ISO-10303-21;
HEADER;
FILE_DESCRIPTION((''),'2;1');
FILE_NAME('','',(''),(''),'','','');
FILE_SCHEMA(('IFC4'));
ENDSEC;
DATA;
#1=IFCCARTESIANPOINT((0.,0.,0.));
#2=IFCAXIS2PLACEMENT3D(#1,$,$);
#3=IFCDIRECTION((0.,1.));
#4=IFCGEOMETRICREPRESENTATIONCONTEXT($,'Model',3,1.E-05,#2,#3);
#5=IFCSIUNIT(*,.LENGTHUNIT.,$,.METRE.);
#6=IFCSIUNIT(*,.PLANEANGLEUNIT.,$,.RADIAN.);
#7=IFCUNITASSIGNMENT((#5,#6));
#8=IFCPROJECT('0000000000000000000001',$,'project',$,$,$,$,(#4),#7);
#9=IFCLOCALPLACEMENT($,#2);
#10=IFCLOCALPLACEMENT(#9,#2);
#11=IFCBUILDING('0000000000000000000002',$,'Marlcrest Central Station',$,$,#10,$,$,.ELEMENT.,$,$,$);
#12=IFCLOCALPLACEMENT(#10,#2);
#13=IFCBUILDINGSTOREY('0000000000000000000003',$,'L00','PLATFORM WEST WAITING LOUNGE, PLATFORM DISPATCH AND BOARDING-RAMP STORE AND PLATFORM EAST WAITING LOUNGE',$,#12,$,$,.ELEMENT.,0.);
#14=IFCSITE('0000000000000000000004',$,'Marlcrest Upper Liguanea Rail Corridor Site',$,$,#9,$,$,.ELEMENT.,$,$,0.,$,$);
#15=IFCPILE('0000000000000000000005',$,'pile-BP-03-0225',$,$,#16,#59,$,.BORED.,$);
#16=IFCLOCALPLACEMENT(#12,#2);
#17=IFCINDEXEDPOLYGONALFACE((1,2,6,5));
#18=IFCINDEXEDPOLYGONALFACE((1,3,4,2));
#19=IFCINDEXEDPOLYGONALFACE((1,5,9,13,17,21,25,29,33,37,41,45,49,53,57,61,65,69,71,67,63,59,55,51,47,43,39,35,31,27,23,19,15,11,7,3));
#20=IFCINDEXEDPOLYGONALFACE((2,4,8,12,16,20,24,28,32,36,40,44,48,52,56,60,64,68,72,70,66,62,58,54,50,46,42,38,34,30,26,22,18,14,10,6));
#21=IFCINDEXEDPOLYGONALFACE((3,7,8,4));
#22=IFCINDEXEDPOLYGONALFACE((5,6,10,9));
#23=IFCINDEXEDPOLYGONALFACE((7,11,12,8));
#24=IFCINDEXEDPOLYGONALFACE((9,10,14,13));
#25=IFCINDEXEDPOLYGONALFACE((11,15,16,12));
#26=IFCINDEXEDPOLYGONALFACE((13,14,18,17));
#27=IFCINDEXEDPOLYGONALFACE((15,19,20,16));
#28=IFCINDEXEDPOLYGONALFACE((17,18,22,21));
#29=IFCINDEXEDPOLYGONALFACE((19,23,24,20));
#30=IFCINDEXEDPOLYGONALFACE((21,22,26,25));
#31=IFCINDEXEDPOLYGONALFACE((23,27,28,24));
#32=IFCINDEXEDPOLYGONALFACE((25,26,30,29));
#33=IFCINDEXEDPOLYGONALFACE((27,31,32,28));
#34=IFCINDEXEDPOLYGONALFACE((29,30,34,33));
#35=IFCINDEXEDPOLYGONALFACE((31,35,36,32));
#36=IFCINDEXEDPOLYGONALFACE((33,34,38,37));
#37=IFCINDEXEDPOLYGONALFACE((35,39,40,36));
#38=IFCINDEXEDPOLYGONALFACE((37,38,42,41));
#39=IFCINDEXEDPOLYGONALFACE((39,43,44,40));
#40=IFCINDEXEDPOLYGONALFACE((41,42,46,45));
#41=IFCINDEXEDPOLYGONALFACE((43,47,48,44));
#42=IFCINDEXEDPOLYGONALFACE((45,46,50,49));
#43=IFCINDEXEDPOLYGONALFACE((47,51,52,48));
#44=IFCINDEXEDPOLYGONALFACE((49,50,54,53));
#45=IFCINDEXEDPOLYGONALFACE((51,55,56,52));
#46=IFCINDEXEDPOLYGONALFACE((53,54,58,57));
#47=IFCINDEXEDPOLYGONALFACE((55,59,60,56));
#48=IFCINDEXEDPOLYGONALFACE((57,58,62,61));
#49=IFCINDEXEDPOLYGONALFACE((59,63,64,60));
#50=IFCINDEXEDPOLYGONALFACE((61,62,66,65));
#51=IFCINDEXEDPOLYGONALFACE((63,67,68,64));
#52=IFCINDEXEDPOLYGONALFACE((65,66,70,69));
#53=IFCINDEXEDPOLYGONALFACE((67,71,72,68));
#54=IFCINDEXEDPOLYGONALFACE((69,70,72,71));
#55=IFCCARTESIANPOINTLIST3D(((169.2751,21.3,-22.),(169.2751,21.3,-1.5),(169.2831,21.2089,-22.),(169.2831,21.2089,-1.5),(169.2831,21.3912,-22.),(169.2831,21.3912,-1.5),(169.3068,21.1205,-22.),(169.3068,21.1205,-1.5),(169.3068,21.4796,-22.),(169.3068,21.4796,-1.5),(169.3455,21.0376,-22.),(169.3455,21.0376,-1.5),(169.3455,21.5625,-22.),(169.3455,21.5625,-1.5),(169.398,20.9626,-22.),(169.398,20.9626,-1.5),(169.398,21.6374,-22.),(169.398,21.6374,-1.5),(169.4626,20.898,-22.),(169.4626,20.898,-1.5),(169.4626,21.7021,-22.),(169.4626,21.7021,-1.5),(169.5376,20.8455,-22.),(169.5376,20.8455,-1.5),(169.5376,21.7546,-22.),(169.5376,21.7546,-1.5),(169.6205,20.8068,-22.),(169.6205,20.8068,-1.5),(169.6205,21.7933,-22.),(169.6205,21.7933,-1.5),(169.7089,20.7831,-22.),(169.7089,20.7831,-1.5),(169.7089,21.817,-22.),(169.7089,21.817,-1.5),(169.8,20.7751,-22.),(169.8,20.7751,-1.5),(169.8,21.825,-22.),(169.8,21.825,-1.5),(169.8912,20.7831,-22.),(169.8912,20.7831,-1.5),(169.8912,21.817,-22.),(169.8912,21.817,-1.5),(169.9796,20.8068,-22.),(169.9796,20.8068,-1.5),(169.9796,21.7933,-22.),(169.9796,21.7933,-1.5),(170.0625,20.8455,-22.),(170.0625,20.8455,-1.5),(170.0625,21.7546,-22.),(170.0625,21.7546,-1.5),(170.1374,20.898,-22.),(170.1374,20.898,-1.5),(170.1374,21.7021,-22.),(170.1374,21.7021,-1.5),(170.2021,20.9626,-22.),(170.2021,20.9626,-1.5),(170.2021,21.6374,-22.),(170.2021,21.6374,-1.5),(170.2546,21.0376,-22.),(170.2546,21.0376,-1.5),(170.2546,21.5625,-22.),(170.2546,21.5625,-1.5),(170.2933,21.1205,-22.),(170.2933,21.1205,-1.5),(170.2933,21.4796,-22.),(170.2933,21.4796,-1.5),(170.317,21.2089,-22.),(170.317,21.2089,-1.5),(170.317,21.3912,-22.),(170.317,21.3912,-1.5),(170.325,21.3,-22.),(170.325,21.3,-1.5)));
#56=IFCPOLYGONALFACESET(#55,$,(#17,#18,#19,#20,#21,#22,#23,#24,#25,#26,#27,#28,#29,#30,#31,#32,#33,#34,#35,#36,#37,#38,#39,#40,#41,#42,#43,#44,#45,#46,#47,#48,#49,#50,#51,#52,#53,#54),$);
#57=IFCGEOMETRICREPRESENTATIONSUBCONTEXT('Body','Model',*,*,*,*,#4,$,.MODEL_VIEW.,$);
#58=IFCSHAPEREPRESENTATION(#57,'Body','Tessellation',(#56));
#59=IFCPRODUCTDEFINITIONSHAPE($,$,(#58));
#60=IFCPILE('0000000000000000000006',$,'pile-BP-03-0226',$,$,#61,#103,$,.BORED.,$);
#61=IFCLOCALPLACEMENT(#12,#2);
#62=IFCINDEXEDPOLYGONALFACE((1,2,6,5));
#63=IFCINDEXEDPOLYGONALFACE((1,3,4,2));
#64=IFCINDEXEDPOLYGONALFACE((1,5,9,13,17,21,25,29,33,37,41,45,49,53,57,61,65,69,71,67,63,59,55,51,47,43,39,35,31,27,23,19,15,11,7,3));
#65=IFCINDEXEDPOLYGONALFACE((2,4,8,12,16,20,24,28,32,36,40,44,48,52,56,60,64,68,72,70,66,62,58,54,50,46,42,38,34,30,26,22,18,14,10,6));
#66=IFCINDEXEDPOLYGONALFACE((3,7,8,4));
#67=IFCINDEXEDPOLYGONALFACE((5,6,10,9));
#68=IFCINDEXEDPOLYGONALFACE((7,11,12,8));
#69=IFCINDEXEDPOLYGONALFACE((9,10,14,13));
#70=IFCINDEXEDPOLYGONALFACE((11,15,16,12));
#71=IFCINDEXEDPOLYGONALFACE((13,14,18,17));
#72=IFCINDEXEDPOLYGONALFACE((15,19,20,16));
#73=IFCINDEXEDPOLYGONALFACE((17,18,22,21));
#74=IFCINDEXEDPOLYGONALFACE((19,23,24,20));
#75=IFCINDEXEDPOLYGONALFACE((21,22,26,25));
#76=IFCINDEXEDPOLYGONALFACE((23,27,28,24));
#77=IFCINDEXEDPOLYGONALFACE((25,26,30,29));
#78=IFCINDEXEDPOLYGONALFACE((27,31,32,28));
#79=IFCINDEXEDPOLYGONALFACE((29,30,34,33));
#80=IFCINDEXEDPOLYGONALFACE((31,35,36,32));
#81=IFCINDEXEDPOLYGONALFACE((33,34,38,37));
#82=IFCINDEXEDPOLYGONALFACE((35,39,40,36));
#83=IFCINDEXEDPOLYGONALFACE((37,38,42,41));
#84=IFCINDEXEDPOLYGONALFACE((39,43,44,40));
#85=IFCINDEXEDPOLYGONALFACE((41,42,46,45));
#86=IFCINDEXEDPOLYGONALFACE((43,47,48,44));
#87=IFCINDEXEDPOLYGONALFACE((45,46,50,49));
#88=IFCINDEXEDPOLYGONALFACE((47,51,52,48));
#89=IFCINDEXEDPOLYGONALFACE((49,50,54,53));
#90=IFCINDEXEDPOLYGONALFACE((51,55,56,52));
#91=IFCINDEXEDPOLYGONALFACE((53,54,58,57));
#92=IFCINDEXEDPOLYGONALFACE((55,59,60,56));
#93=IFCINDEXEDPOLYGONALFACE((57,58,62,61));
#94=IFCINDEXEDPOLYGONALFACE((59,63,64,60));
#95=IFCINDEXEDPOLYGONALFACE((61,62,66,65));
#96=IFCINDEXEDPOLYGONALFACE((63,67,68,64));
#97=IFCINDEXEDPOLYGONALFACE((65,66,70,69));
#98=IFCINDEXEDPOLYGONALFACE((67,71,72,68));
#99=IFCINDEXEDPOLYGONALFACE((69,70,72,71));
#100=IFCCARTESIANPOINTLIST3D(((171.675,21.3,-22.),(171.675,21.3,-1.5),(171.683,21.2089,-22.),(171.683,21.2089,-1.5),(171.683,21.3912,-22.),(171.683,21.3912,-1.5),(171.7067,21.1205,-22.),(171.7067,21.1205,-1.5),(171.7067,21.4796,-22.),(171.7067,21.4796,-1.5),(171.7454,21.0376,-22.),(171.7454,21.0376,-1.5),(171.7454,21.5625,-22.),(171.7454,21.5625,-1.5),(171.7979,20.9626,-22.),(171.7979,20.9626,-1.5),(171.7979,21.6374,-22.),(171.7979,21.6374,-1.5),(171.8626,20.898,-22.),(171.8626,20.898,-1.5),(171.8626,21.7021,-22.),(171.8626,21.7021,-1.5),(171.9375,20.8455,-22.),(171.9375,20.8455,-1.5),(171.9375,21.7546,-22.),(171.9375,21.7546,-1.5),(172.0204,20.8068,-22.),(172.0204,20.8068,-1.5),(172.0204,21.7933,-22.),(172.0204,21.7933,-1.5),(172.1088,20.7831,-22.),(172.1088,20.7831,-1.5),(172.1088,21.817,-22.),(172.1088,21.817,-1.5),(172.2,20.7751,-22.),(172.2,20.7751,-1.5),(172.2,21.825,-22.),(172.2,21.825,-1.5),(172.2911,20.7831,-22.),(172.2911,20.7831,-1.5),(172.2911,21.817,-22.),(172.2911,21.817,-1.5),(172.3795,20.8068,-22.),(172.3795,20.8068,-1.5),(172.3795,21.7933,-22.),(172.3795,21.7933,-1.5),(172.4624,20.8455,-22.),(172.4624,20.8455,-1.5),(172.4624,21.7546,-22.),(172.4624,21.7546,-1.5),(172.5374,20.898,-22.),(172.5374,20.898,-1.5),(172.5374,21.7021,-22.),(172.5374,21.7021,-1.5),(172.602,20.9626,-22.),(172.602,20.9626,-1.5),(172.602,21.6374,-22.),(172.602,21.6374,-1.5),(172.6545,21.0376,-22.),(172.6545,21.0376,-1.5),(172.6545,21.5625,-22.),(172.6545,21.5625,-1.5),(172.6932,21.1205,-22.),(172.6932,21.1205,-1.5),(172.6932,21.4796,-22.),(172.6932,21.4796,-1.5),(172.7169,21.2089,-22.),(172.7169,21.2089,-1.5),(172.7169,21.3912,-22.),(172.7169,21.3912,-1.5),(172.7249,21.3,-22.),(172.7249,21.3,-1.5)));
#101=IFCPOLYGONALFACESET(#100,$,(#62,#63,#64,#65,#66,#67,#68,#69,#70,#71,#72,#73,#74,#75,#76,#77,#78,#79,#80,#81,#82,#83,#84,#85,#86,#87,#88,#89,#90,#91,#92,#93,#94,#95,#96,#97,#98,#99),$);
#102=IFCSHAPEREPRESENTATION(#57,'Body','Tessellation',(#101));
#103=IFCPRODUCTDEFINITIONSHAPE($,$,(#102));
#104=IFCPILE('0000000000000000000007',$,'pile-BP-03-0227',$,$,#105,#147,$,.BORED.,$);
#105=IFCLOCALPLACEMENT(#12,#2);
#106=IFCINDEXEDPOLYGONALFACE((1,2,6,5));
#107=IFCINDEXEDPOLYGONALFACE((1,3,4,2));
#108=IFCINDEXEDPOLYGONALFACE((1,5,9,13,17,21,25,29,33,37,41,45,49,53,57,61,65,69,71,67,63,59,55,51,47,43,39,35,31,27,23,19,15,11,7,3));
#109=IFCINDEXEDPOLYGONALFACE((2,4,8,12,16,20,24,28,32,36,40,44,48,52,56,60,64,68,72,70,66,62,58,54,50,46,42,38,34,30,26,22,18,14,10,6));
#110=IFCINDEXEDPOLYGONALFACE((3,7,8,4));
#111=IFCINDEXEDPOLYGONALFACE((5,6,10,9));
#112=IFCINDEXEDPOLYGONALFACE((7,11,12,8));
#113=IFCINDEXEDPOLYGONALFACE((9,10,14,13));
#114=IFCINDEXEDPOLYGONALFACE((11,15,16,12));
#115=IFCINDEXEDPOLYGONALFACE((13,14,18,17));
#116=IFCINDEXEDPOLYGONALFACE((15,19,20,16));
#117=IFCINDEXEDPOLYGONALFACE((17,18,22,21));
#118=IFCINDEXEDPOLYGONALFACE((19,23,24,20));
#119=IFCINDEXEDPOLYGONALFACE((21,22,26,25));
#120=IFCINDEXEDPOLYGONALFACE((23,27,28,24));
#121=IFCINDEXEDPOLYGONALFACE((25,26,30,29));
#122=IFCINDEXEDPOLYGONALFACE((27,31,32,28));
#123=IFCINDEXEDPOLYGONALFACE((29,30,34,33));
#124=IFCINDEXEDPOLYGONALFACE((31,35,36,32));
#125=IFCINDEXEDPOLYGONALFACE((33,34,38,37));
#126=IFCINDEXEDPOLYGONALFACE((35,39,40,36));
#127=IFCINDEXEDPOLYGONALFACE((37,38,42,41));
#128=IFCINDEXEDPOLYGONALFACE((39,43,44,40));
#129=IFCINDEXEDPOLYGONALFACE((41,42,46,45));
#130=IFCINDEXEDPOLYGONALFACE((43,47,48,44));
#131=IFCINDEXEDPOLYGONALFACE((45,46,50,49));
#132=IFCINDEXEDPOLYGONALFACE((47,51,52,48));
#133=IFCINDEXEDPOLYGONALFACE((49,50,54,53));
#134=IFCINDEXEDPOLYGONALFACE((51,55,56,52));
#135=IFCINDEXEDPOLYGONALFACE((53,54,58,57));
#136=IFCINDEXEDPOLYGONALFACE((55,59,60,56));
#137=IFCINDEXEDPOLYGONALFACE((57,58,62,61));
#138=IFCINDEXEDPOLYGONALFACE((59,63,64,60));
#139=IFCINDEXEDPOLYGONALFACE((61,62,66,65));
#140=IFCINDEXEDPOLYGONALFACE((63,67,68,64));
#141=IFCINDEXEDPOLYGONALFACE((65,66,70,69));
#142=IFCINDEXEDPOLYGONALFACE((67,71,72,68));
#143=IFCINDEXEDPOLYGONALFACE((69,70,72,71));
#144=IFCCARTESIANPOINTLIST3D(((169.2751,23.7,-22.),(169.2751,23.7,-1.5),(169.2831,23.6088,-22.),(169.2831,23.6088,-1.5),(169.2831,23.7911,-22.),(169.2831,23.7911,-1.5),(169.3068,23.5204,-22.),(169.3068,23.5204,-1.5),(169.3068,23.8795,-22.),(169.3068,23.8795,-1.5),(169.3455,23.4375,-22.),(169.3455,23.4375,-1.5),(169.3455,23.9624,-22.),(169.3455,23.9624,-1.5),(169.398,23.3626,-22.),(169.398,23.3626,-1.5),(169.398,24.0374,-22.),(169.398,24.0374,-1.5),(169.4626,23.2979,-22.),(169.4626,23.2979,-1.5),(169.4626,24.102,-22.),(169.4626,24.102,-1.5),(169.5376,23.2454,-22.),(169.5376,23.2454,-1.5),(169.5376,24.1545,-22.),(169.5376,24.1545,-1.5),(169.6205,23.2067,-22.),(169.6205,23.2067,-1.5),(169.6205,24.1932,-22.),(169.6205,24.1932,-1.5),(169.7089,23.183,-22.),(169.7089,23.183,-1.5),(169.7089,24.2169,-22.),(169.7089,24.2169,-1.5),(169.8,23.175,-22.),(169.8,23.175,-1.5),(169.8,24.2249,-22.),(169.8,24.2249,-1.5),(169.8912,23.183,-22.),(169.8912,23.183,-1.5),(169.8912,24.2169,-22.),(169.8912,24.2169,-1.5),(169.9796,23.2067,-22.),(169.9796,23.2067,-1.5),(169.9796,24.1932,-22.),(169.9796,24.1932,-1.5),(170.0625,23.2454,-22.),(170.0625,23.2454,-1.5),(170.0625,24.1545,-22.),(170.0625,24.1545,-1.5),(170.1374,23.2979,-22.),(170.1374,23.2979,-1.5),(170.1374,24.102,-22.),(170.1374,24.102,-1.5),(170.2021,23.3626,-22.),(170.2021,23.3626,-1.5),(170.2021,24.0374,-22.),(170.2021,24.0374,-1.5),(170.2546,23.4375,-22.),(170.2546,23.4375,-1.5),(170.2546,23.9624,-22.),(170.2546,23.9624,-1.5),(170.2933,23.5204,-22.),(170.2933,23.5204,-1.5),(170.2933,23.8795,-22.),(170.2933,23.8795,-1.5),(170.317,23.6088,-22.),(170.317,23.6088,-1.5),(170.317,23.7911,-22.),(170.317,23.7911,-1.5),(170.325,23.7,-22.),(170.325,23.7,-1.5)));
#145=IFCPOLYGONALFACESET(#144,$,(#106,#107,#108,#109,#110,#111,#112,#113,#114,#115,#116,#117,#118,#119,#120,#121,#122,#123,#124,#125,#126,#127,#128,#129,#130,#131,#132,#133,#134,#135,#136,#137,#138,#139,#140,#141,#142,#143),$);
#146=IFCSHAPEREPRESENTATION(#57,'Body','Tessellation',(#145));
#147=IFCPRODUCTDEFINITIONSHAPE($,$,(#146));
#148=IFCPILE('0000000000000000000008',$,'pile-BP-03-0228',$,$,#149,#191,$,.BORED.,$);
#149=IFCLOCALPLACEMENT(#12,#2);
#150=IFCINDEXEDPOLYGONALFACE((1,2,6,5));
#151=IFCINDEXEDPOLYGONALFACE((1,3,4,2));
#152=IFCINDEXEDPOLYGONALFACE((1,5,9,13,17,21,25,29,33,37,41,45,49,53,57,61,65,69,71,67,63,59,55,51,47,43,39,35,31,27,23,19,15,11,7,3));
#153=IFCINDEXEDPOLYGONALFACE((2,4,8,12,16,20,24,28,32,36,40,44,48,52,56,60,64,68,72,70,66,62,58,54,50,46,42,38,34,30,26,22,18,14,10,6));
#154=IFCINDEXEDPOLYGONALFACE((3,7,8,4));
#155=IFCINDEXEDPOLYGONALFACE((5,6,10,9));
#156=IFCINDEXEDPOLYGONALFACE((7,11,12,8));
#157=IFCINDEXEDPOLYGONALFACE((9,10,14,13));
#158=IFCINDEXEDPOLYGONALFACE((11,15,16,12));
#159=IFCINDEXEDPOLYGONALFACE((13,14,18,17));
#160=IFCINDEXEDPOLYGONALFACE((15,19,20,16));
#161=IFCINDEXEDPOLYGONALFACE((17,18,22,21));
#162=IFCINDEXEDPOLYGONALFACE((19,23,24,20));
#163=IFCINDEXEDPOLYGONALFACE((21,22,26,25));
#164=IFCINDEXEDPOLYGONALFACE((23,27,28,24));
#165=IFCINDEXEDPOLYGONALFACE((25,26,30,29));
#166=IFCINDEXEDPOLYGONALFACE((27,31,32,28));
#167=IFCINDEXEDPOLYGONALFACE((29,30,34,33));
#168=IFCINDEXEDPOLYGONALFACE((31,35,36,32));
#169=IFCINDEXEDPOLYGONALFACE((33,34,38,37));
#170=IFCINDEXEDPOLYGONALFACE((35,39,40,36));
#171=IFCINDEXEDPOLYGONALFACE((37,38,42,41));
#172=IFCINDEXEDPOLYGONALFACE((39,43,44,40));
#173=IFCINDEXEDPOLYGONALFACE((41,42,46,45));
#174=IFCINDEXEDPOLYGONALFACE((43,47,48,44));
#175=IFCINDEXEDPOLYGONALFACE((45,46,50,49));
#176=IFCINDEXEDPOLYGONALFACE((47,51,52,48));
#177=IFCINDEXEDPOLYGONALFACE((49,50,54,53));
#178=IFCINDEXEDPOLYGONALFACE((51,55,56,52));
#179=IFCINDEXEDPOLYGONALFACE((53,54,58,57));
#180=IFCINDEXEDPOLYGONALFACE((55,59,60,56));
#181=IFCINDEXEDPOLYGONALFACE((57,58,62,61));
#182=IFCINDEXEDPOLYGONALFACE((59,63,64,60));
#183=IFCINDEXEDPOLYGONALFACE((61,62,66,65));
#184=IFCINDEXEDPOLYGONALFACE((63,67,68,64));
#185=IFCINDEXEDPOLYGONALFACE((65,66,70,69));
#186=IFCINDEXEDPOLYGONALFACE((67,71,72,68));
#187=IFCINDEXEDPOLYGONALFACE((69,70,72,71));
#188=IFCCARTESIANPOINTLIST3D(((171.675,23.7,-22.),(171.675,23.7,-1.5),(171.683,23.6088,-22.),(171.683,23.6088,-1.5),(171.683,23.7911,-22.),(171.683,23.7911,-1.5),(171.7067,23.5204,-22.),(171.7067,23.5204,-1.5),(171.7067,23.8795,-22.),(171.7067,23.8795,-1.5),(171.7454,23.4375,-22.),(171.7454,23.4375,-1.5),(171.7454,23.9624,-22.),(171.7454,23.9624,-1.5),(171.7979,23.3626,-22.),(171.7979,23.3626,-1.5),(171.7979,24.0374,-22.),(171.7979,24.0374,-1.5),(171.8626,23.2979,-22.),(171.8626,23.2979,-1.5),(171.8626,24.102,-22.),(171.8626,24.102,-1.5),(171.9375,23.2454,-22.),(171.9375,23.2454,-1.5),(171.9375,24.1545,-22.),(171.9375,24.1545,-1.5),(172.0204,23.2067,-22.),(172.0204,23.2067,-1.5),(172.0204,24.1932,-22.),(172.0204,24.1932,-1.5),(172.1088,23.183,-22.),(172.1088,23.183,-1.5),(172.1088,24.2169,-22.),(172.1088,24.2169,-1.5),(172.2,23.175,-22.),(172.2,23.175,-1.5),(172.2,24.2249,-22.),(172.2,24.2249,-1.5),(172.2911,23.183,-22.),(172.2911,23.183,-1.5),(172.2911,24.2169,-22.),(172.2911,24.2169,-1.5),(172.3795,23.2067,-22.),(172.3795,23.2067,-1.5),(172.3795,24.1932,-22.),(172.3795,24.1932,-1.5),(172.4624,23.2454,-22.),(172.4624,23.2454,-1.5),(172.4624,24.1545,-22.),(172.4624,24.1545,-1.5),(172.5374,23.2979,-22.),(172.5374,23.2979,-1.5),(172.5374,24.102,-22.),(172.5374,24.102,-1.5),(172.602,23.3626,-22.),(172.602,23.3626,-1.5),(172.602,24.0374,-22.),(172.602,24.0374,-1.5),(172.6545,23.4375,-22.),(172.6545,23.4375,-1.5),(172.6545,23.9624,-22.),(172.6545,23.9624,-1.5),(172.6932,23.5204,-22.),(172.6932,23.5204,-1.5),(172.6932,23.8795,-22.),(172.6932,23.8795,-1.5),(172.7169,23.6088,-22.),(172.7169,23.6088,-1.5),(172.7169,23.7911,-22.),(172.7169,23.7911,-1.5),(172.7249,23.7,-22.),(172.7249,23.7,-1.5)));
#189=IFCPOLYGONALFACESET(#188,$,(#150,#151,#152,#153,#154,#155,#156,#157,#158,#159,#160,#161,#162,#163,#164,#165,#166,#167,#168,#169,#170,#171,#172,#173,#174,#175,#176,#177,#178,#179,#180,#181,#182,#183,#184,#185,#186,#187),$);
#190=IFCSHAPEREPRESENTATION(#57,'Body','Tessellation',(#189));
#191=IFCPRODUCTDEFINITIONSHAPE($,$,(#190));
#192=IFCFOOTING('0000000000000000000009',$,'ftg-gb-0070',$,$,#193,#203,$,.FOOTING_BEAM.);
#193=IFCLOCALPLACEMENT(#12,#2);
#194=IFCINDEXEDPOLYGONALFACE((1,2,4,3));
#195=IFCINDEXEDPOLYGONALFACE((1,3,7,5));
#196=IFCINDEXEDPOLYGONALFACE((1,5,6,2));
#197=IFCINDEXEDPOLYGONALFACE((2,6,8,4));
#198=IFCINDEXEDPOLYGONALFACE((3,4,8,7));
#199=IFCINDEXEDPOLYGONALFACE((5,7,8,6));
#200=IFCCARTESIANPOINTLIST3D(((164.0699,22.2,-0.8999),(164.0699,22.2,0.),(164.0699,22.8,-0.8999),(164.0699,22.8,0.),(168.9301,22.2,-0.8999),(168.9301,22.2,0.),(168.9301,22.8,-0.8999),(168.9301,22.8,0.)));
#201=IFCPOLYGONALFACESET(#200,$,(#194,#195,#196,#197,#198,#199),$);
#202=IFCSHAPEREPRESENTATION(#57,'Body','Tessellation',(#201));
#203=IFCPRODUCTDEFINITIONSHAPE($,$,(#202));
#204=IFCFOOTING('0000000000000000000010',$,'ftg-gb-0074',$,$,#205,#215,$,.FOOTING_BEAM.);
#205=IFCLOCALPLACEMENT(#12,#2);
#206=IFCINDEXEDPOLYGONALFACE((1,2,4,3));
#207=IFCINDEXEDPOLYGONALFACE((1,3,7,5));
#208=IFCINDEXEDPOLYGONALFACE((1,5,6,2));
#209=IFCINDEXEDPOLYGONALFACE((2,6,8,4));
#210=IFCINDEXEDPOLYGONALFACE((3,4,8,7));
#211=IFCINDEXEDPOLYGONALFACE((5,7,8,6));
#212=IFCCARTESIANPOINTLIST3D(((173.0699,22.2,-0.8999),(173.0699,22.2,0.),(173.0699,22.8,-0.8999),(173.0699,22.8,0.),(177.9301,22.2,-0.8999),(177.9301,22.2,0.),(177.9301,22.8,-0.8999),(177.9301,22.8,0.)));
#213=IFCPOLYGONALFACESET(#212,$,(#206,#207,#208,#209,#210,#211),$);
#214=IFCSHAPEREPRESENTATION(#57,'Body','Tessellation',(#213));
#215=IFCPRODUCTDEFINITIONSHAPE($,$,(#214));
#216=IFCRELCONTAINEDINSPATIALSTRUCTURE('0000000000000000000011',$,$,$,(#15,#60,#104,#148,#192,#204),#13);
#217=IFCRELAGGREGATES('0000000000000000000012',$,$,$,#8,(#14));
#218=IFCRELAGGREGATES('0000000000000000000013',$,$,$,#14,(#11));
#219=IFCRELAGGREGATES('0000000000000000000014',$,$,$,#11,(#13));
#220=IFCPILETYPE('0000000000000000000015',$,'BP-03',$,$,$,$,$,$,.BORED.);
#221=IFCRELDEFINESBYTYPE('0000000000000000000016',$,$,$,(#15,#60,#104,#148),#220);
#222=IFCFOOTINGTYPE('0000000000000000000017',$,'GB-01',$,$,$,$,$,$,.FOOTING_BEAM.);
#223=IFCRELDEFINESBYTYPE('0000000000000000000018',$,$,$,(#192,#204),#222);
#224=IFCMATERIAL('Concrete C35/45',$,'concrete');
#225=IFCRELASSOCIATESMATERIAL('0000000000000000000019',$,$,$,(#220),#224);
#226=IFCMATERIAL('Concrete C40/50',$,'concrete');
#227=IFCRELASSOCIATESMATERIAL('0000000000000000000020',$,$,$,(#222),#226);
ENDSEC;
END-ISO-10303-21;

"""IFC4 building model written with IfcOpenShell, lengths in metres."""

from ifc_helpers import new_model, si_unit, direction, frame, origin, origin_2d, place, context, subcontext, project, spatial, rectangle, circle, extrude, material, material_profile, profile_set, type_object, element, save


model = new_model("IFC4")

# Units and contexts
model_context = context("Model", 3, precision=1e-05, world=origin(), true_north=direction((0.0, 1.0)))
body_context = subcontext(model_context, "Body", "Model", "MODEL_VIEW")
ifc_project = project(units=[si_unit("LENGTHUNIT", "METRE"), si_unit("PLANEANGLEUNIT", "RADIAN")], contexts=[model_context])

# Site, building, storey
site_placement = place(None, origin())
site = spatial("IfcSite", under=ifc_project, at=site_placement, Name="Marlcrest Upper Liguanea Rail Corridor Site", CompositionType="ELEMENT", RefElevation=0.0)
building_placement = place(site_placement, origin())
building = spatial("IfcBuilding", under=site, at=building_placement, Name="Marlcrest Central Station", CompositionType="ELEMENT")
storey_placement = place(building_placement, origin())
storey = spatial("IfcBuildingStorey", under=building, at=storey_placement, Name="L00", Description="PLATFORM WEST WAITING LOUNGE, PLATFORM DISPATCH AND BOARDING-RAMP STORE AND PLATFORM EAST WAITING LOUNGE", CompositionType="ELEMENT", Elevation=0.0)

# Piles
ifc_material_1 = material(Name="Concrete C35/45", Category="concrete")
ifc_material_profile_1 = material_profile(ifc_material_1, circle(Radius=0.5249, at=origin_2d()), Name="PILE D1050")
ifc_profile_set_1 = profile_set([ifc_material_profile_1], Name="Concrete C35/45")
pile_type = type_object("IfcPileType", Name="BP-03", PredefinedType="BORED", material=ifc_profile_set_1)
for number, where, z_axis, x_axis, name in (
    (1, (169.8, 21.3, -1.5), (0.0, 0.0, -1.0), (1.0, 0.0, 0.0), "pile-BP-03-0225"),
    (2, (172.2, 21.3, -1.5), (0.0, 0.0, -1.0), (1.0, 0.0, 0.0), "pile-BP-03-0226"),
    (3, (169.8, 23.7, -1.5), (0.0, 0.0, -1.0), (1.0, 0.0, 0.0), "pile-BP-03-0227"),
    (4, (172.2, 23.7, -1.5), (0.0, 0.0, -1.0), (1.0, 0.0, 0.0), "pile-BP-03-0228"),
):
    element("IfcPile", number, at=place(storey_placement, frame(where, z_axis=z_axis, x_axis=x_axis)), inside=storey, type_object=pile_type, Name=name, PredefinedType="BORED", context=body_context, shape_type="SweptSolid", body=[
        extrude(circle(Radius=0.5249, at=origin_2d()), origin(), (0.0, 0.0, 1.0), 20.5),
    ])

# Footings
ifc_material_2 = material(Name="Concrete C40/50", Category="concrete")
footing_type_1 = type_object("IfcFootingType", Name="GB-01", PredefinedType="FOOTING_BEAM", material=ifc_material_2)
for number, where, z_axis, x_axis, name in (
    (5, (166.5, 22.5, -0.8999), (0.0, 0.0, 1.0), (1.0, 0.0, 0.0), "ftg-gb-0070"),
    (6, (175.5, 22.5, -0.8999), (0.0, 0.0, 1.0), (1.0, 0.0, 0.0), "ftg-gb-0074"),
):
    element("IfcFooting", number, at=place(storey_placement, frame(where, z_axis=z_axis, x_axis=x_axis)), inside=storey, type_object=footing_type_1, Name=name, PredefinedType="FOOTING_BEAM", context=body_context, shape_type="SweptSolid", body=[
        extrude(rectangle(XDim=4.8601, YDim=0.6001, at=origin_2d()), origin(), (0.0, 0.0, 1.0), 0.8999),
    ])

save(model, "model.ifc")
